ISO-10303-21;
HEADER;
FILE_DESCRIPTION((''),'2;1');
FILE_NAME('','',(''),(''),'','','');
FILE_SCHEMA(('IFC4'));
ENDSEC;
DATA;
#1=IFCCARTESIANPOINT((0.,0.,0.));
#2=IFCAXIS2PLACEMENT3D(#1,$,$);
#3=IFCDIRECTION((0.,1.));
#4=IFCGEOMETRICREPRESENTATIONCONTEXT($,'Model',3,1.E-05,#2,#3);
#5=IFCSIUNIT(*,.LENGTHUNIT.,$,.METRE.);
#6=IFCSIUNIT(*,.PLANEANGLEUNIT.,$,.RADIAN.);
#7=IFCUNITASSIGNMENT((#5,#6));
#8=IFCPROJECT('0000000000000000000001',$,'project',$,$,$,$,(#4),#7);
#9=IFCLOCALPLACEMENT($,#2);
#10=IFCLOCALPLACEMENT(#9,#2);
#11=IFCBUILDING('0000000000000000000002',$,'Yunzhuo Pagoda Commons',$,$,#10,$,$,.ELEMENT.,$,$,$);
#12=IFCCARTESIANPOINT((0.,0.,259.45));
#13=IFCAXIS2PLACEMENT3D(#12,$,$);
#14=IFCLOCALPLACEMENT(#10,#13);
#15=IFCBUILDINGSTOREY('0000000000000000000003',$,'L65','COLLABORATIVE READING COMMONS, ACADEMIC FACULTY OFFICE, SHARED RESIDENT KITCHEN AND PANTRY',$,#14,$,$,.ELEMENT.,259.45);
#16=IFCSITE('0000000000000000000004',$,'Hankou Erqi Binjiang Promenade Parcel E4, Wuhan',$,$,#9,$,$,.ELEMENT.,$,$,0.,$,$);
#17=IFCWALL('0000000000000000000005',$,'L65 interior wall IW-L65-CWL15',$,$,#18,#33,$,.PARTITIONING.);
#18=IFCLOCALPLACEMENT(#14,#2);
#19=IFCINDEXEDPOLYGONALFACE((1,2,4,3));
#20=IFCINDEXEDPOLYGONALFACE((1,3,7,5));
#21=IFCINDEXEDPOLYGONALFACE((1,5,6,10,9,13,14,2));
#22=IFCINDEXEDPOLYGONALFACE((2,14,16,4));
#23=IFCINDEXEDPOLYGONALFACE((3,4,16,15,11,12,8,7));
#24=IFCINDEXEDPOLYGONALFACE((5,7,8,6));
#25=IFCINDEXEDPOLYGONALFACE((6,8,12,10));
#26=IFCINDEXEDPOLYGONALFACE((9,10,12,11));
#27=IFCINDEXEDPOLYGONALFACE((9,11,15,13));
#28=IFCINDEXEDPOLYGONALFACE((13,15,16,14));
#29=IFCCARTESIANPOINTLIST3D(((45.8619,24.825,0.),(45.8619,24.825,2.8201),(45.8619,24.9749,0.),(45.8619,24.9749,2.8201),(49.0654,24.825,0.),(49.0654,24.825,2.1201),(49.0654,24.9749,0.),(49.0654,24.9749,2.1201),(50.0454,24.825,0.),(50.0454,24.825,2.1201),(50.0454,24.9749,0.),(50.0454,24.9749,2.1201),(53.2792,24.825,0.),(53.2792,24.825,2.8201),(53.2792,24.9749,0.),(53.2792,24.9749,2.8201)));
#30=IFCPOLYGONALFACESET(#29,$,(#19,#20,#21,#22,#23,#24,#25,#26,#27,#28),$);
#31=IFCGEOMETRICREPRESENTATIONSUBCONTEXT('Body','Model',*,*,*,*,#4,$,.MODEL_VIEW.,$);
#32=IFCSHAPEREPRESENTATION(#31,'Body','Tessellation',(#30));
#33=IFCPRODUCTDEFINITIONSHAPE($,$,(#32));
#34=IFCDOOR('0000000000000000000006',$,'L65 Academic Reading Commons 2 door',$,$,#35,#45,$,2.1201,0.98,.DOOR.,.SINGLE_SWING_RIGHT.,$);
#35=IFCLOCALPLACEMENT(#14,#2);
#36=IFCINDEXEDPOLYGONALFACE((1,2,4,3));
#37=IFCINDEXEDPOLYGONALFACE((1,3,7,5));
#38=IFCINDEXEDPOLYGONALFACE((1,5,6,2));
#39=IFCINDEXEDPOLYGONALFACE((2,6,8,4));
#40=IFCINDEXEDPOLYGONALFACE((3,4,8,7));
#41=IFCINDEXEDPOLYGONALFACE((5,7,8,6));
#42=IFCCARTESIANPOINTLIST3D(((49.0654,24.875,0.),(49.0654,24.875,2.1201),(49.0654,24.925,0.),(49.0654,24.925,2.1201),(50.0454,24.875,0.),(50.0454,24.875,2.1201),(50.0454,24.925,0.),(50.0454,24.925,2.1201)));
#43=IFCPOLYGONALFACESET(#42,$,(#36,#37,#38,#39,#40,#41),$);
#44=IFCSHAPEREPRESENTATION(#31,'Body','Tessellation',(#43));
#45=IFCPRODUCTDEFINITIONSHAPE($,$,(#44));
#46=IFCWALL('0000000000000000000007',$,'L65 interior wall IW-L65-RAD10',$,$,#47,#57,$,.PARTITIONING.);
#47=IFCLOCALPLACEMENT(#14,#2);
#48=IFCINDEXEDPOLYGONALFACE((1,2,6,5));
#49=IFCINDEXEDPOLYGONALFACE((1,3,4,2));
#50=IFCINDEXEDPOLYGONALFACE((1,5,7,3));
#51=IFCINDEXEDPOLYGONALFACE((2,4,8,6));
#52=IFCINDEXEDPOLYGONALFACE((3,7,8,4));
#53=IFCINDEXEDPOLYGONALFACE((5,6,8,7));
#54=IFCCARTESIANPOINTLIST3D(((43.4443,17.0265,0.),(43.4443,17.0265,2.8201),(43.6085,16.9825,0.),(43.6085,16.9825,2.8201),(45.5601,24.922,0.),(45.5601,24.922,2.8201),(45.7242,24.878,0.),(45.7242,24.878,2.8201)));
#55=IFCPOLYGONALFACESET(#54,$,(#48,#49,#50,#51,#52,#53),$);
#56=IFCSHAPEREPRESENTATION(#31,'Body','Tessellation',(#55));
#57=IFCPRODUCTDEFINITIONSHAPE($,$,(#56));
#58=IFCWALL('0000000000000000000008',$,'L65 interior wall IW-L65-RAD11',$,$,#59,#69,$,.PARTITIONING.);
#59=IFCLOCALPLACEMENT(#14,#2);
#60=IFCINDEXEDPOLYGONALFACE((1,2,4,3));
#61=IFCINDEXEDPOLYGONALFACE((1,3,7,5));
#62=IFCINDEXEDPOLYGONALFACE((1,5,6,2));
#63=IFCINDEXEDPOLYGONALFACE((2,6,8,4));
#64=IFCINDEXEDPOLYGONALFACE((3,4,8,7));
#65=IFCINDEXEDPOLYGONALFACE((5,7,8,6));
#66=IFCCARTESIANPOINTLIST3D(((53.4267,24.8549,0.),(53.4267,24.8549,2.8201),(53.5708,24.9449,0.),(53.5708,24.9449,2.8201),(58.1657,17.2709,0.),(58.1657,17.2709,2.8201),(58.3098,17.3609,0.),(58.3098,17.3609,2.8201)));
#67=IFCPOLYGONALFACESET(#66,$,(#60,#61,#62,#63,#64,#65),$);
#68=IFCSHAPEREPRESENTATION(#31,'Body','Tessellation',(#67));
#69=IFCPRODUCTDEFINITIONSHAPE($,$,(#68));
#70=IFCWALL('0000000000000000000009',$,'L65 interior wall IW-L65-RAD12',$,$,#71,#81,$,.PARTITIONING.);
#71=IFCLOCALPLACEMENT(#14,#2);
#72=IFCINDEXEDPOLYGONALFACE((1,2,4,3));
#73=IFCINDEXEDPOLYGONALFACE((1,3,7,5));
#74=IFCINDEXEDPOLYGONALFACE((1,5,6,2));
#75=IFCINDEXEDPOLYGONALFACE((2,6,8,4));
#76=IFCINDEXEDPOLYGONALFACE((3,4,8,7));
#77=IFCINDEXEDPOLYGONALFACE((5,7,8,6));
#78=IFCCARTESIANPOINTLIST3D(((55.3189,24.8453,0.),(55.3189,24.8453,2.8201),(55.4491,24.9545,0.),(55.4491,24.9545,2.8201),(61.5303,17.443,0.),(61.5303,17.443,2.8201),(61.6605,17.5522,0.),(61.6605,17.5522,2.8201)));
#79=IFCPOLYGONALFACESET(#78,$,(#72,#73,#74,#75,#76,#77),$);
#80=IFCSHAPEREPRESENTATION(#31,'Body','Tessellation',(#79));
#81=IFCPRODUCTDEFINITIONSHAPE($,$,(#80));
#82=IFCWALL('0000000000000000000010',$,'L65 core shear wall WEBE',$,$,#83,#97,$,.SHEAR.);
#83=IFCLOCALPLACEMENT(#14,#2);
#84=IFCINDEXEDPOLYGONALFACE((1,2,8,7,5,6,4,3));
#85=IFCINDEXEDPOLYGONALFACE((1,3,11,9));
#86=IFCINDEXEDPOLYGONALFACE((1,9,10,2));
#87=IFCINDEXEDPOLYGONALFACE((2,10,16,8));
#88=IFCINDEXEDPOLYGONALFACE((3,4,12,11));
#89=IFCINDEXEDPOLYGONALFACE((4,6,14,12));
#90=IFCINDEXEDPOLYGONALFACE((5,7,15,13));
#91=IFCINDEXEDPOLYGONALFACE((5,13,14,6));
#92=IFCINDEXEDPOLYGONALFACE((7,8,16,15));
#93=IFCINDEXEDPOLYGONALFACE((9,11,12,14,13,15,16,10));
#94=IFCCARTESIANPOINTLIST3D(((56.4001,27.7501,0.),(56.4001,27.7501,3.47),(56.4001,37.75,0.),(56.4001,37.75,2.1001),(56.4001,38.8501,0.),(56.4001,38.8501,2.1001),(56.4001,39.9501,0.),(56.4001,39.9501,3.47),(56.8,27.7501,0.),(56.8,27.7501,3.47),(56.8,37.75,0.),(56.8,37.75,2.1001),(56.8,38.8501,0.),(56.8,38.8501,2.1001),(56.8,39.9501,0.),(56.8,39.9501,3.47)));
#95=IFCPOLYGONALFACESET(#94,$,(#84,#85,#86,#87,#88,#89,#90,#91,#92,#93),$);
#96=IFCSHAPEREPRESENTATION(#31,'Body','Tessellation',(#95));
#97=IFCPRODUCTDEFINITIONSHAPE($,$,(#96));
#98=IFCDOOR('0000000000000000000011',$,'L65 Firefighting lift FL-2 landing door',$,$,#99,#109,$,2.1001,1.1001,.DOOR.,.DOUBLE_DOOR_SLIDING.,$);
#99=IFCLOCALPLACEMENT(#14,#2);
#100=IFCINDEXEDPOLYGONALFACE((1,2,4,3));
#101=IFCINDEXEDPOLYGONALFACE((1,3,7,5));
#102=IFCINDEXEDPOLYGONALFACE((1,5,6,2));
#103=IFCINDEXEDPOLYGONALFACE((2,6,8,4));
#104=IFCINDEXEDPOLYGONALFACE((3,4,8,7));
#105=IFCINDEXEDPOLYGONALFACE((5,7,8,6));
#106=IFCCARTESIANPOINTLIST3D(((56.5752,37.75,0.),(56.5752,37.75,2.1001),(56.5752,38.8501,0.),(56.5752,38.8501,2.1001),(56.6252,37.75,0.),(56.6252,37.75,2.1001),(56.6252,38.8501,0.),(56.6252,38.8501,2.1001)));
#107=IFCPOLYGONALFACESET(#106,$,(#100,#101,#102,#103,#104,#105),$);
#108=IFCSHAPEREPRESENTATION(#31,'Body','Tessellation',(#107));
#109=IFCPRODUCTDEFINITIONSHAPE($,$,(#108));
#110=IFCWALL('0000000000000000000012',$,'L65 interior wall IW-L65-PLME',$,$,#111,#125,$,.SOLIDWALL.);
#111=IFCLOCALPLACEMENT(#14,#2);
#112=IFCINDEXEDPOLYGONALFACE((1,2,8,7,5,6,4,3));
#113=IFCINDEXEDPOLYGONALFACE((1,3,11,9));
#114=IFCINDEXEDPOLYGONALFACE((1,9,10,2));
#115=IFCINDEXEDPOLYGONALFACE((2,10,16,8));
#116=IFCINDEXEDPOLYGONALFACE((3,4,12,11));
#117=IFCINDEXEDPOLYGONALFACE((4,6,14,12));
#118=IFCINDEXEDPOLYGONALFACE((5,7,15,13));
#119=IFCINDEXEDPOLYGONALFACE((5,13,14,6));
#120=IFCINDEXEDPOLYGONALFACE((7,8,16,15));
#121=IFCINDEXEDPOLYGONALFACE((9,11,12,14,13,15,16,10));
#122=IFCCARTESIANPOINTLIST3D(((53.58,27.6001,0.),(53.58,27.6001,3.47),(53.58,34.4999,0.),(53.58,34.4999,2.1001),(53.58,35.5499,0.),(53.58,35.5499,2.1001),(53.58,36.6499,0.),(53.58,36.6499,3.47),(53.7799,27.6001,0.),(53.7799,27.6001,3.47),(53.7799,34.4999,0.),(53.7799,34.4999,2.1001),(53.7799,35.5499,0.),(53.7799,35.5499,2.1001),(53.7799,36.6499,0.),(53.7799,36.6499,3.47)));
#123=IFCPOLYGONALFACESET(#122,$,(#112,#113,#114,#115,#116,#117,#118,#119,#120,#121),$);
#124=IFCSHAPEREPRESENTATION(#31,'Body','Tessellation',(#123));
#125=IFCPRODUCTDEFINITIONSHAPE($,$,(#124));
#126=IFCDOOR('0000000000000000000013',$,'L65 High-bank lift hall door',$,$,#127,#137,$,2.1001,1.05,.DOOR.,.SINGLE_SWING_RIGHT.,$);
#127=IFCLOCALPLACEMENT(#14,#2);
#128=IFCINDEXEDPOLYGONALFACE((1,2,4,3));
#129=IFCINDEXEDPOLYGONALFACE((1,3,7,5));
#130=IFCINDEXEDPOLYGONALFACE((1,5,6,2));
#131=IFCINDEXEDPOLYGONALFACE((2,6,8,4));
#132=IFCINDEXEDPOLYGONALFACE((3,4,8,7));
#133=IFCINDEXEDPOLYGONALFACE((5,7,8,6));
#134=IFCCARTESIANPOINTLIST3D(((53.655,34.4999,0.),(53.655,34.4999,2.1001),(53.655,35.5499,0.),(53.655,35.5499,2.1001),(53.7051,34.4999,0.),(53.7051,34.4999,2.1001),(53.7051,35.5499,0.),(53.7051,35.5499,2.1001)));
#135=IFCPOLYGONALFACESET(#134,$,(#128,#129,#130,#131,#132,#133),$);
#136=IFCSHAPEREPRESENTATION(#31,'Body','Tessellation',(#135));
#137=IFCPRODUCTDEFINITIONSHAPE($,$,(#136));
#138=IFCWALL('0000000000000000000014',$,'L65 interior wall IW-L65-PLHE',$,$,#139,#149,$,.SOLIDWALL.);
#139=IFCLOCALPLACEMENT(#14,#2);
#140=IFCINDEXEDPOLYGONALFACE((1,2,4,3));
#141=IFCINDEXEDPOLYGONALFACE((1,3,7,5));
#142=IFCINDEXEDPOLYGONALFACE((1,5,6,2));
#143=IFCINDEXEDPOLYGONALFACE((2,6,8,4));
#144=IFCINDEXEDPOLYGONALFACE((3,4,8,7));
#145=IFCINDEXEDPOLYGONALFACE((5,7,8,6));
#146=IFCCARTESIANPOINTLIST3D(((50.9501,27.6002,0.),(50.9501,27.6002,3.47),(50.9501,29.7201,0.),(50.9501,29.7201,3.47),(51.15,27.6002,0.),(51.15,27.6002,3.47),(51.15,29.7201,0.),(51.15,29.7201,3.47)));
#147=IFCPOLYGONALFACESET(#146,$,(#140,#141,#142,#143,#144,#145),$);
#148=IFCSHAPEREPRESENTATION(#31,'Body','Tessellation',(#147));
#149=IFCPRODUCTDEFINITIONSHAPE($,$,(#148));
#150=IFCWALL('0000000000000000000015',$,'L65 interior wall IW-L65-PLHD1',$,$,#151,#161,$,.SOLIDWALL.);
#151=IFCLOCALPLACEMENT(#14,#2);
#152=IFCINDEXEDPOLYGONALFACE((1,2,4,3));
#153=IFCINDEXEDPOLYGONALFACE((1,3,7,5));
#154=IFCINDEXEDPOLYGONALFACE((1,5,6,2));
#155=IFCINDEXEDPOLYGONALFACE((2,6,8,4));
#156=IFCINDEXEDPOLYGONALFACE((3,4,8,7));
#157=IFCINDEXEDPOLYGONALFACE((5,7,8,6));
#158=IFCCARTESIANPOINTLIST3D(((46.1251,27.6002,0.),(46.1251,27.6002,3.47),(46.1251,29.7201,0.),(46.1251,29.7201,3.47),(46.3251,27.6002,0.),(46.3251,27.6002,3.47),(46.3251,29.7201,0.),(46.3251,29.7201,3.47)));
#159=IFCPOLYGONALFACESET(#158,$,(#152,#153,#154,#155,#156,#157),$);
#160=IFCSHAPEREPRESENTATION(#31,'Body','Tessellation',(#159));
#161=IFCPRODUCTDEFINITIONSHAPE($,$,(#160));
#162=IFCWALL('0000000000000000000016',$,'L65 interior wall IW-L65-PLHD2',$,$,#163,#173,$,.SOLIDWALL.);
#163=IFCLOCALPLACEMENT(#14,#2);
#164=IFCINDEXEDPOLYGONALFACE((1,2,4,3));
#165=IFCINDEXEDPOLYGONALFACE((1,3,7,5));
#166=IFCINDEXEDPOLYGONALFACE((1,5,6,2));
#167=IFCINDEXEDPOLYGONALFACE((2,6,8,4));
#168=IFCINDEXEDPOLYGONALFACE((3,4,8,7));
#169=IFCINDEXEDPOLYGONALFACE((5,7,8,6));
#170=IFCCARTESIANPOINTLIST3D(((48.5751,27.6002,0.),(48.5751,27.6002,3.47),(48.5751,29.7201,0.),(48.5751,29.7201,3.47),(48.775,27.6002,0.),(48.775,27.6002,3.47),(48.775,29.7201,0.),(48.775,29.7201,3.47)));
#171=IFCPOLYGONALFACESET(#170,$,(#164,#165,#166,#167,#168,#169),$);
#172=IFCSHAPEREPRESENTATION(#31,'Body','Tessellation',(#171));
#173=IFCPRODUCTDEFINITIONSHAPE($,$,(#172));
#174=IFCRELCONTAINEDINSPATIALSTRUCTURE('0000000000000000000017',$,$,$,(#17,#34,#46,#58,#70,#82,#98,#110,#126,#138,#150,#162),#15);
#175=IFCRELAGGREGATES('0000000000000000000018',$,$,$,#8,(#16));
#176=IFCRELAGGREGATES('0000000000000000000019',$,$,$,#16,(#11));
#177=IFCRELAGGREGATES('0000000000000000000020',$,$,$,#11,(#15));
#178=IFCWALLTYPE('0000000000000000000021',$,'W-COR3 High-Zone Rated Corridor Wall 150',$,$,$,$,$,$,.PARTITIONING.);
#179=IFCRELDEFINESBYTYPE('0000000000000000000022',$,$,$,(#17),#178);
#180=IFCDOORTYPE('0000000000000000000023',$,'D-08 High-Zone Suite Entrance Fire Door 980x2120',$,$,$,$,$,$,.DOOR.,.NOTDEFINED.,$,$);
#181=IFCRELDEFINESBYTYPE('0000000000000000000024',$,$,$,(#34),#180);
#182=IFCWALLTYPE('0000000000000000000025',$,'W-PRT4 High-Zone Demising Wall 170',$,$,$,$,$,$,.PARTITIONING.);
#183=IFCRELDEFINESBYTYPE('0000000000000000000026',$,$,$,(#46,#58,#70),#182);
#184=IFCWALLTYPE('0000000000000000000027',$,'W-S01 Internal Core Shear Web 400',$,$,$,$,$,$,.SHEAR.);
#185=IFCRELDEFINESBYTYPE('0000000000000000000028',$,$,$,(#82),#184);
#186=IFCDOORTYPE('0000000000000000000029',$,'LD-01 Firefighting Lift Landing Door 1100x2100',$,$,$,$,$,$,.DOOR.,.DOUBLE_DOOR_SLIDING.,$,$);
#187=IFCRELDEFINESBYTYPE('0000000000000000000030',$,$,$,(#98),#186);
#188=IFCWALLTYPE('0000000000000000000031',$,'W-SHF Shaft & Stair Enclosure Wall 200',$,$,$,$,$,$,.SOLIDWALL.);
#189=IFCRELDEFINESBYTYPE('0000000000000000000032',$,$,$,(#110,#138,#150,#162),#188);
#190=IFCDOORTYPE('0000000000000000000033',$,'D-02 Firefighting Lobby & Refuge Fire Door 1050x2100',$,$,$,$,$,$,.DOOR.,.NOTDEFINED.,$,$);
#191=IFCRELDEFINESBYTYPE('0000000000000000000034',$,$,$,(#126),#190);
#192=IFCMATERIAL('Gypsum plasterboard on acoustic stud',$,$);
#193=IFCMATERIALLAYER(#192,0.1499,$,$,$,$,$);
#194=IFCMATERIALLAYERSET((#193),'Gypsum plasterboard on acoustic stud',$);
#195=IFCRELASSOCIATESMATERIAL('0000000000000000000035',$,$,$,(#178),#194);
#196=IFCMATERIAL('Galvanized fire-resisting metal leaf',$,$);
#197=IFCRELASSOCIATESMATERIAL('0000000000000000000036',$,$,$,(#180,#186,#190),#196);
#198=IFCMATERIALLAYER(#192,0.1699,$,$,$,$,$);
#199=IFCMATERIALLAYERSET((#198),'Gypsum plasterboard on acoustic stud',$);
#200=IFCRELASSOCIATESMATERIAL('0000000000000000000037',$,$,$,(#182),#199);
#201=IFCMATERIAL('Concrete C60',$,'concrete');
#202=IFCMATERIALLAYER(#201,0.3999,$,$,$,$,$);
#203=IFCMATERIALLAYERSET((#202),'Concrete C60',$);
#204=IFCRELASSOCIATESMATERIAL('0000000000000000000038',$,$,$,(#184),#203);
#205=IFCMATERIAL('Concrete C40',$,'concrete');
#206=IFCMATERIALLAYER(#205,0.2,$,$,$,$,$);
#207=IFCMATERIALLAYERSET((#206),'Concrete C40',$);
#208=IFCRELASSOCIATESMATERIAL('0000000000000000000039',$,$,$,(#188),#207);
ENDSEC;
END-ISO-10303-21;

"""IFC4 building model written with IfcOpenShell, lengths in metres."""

from ifc_helpers import new_model, si_unit, direction, frame, frame_2d, origin, origin_with_axes, place, context, subcontext, project, spatial, rectangle, extrude, source, transform, mapped, material, layer, layer_set, type_object, element, fill, save


model = new_model("IFC4")

# Units and contexts
model_context = context("Model", 3, precision=1e-05, world=origin(), true_north=direction((0.0, 1.0)))
body_context = subcontext(model_context, "Body", "Model", "MODEL_VIEW")
ifc_project = project(units=[si_unit("LENGTHUNIT", "METRE"), si_unit("PLANEANGLEUNIT", "RADIAN")], contexts=[model_context])

# Site, building, storey
site_placement = place(None, origin())
site = spatial("IfcSite", under=ifc_project, at=site_placement, Name="Hankou Erqi Binjiang Promenade Parcel E4, Wuhan", CompositionType="ELEMENT", RefElevation=0.0)
building_placement = place(site_placement, origin())
building = spatial("IfcBuilding", under=site, at=building_placement, Name="Yunzhuo Pagoda Commons", CompositionType="ELEMENT")
storey_placement = place(building_placement, frame((0.0, 0.0, 259.45)))
storey = spatial("IfcBuildingStorey", under=building, at=storey_placement, Name="L65", Description="COLLABORATIVE READING COMMONS, ACADEMIC FACULTY OFFICE, SHARED RESIDENT KITCHEN AND PANTRY", CompositionType="ELEMENT", Elevation=259.45)

# Shared definitions
ifc_material_1 = material(Name="Gypsum plasterboard on acoustic stud")
ifc_layer_1 = layer(ifc_material_1, 0.1499)
ifc_layer_set_1 = layer_set([ifc_layer_1], Name="Gypsum plasterboard on acoustic stud")
wall_type_1 = type_object("IfcWallType", Name="W-COR3 High-Zone Rated Corridor Wall 150", PredefinedType="PARTITIONING", material=ifc_layer_set_1)
ifc_material_2 = material(Name="Galvanized fire-resisting metal leaf")

# Wall, opening, door
wall_1_placement = place(storey_placement, frame((53.2791, 24.8999, 0.0), z_axis=(0.0, 0.0, 1.0), x_axis=(-1.0, 0.0, 0.0)))
wall_1 = element("IfcWall", 1, at=wall_1_placement, inside=storey, type_object=wall_type_1, Name="L65 interior wall IW-L65-CWL15", PredefinedType="PARTITIONING", context=body_context, shape_type="SweptSolid", body=[
    extrude(rectangle(XDim=7.4172, YDim=0.1499, at=frame_2d((3.7085, 0.0))), origin(), (0.0, 0.0, 1.0), 2.8201),
])
opening_1_placement = place(wall_1_placement, frame((3.2336, 0.0, 0.0)))
opening_1 = element("IfcOpeningElement", 2, at=opening_1_placement, cuts=wall_1, PredefinedType="OPENING", context=body_context, shape_type="SweptSolid", body=[
    extrude(rectangle(XDim=0.98, YDim=2.1201, at=frame_2d((0.49, 1.0601))), frame((0.0, 0.085, 0.0), z_axis=(0.0, -1.0, 0.0), x_axis=(1.0, 0.0, 0.0)), (0.0, 0.0, 1.0), 0.1699),
])
door_type_1 = type_object("IfcDoorType", Name="D-08 High-Zone Suite Entrance Fire Door 980x2120", OperationType="NOTDEFINED", PredefinedType="DOOR", material=ifc_material_2)
shared_shape_1 = source(origin(), body_context, "Body", "SweptSolid", [
    extrude(rectangle(XDim=0.98, YDim=2.1201, at=frame_2d((0.49, 1.0601))), frame((0.0, 0.0249, 0.0), z_axis=(0.0, -1.0, 0.0), x_axis=(1.0, 0.0, 0.0)), (0.0, 0.0, 1.0), 0.05),
])
door_1_placement = place(opening_1_placement, origin_with_axes())
door_1 = element("IfcDoor", 3, at=door_1_placement, inside=storey, type_object=door_type_1, Name="L65 Academic Reading Commons 2 door", OperationType="SINGLE_SWING_RIGHT", OverallHeight=2.1201, OverallWidth=0.98, PredefinedType="DOOR", context=body_context, shape_type="MappedRepresentation", body=[
    mapped(shared_shape_1, transform((0.0, 0.0, 0.0), scale=1.0)),
])
fill(opening_1, door_1)

# Walls
ifc_layer_2 = layer(ifc_material_1, 0.1699)
ifc_layer_set_2 = layer_set([ifc_layer_2], Name="Gypsum plasterboard on acoustic stud")
wall_type_2 = type_object("IfcWallType", Name="W-PRT4 High-Zone Demising Wall 170", PredefinedType="PARTITIONING", material=ifc_layer_set_2)
wall_2_placement = place(storey_placement, frame((45.6421, 24.8999, 0.0), z_axis=(0.0, 0.0, 1.0), x_axis=(-0.258834, -0.965922, 0.0)))
element("IfcWall", 4, at=wall_2_placement, inside=storey, type_object=wall_type_2, Name="L65 interior wall IW-L65-RAD10", PredefinedType="PARTITIONING", context=body_context, shape_type="SweptSolid", body=[
    extrude(rectangle(XDim=8.1741, YDim=0.1699, at=frame_2d((4.0869, 0.0))), origin(), (0.0, 0.0, 1.0), 2.8201),
])
wall_3_placement = place(storey_placement, frame((53.4988, 24.8999, 0.0), z_axis=(0.0, 0.0, 1.0), x_axis=(0.52992, -0.848047, 0.0)))
element("IfcWall", 5, at=wall_3_placement, inside=storey, type_object=wall_type_2, Name="L65 interior wall IW-L65-RAD11", PredefinedType="PARTITIONING", context=body_context, shape_type="SweptSolid", body=[
    extrude(rectangle(XDim=8.9429, YDim=0.1699, at=frame_2d((4.4714, 0.0))), origin(), (0.0, 0.0, 1.0), 2.8201),
])
wall_4_placement = place(storey_placement, frame((55.384, 24.8999, 0.0), z_axis=(0.0, 0.0, 1.0), x_axis=(0.642795, -0.766038, 0.0)))
element("IfcWall", 6, at=wall_4_placement, inside=storey, type_object=wall_type_2, Name="L65 interior wall IW-L65-RAD12", PredefinedType="PARTITIONING", context=body_context, shape_type="SweptSolid", body=[
    extrude(rectangle(XDim=9.6631, YDim=0.1699, at=frame_2d((4.8315, 0.0))), origin(), (0.0, 0.0, 1.0), 2.8201),
])

# Walls, openings, doors
ifc_material_3 = material(Name="Concrete C60", Category="concrete")
ifc_layer_3 = layer(ifc_material_3, 0.3999)
ifc_layer_set_3 = layer_set([ifc_layer_3], Name="Concrete C60")
wall_type_3 = type_object("IfcWallType", Name="W-S01 Internal Core Shear Web 400", PredefinedType="SHEAR", material=ifc_layer_set_3)
wall_5_placement = place(storey_placement, frame((56.6001, 27.75, 0.0), z_axis=(0.0, 0.0, 1.0), x_axis=(0.0, 1.0, 0.0)))
wall_5 = element("IfcWall", 7, at=wall_5_placement, inside=storey, type_object=wall_type_3, Name="L65 core shear wall WEBE", PredefinedType="SHEAR", context=body_context, shape_type="SweptSolid", body=[
    extrude(rectangle(XDim=12.2, YDim=0.3999, at=frame_2d((6.1001, 0.0))), origin(), (0.0, 0.0, 1.0), 3.47),
])
opening_2_placement = place(wall_5_placement, frame((10.0, 0.0, 0.0)))
opening_2 = element("IfcOpeningElement", 8, at=opening_2_placement, cuts=wall_5, PredefinedType="OPENING", context=body_context, shape_type="SweptSolid", body=[
    extrude(rectangle(XDim=1.1001, YDim=2.1001, at=frame_2d((0.55, 1.05))), frame((0.0, 0.21, 0.0), z_axis=(0.0, -1.0, 0.0), x_axis=(1.0, 0.0, 0.0)), (0.0, 0.0, 1.0), 0.4199),
])
door_type_2 = type_object("IfcDoorType", Name="LD-01 Firefighting Lift Landing Door 1100x2100", OperationType="DOUBLE_DOOR_SLIDING", PredefinedType="DOOR", material=ifc_material_2)
shared_shape_2 = source(origin(), body_context, "Body", "SweptSolid", [
    extrude(rectangle(XDim=1.1001, YDim=2.1001, at=frame_2d((0.55, 1.05))), frame((0.0, 0.0249, 0.0), z_axis=(0.0, -1.0, 0.0), x_axis=(1.0, 0.0, 0.0)), (0.0, 0.0, 1.0), 0.05),
])
door_2_placement = place(opening_2_placement, origin_with_axes())
door_2 = element("IfcDoor", 9, at=door_2_placement, inside=storey, type_object=door_type_2, Name="L65 Firefighting lift FL-2 landing door", OperationType="DOUBLE_DOOR_SLIDING", OverallHeight=2.1001, OverallWidth=1.1001, PredefinedType="DOOR", context=body_context, shape_type="MappedRepresentation", body=[
    mapped(shared_shape_2, transform((0.0, 0.0, 0.0), scale=1.0)),
])
fill(opening_2, door_2)
ifc_material_4 = material(Name="Concrete C40", Category="concrete")
ifc_layer_4 = layer(ifc_material_4, 0.2)
ifc_layer_set_4 = layer_set([ifc_layer_4], Name="Concrete C40")
wall_type_4 = type_object("IfcWallType", Name="W-SHF Shaft & Stair Enclosure Wall 200", PredefinedType="SOLIDWALL", material=ifc_layer_set_4)
wall_6_placement = place(storey_placement, frame((53.6799, 27.6001, 0.0), z_axis=(0.0, 0.0, 1.0), x_axis=(0.0, 1.0, 0.0)))
wall_6 = element("IfcWall", 10, at=wall_6_placement, inside=storey, type_object=wall_type_4, Name="L65 interior wall IW-L65-PLME", PredefinedType="SOLIDWALL", context=body_context, shape_type="SweptSolid", body=[
    extrude(rectangle(XDim=9.0498, YDim=0.2, at=frame_2d((4.5249, 0.0))), origin(), (0.0, 0.0, 1.0), 3.47),
])
opening_3_placement = place(wall_6_placement, frame((6.8999, 0.0, 0.0)))
opening_3 = element("IfcOpeningElement", 11, at=opening_3_placement, cuts=wall_6, PredefinedType="OPENING", context=body_context, shape_type="SweptSolid", body=[
    extrude(rectangle(XDim=1.05, YDim=2.1001, at=frame_2d((0.5249, 1.05))), frame((0.0, 0.1099, 0.0), z_axis=(0.0, -1.0, 0.0), x_axis=(1.0, 0.0, 0.0)), (0.0, 0.0, 1.0), 0.22),
])
door_type_3 = type_object("IfcDoorType", Name="D-02 Firefighting Lobby & Refuge Fire Door 1050x2100", OperationType="NOTDEFINED", PredefinedType="DOOR", material=ifc_material_2)
shared_shape_3 = source(origin(), body_context, "Body", "SweptSolid", [
    extrude(rectangle(XDim=1.05, YDim=2.1001, at=frame_2d((0.5249, 1.05))), frame((0.0, 0.0249, 0.0), z_axis=(0.0, -1.0, 0.0), x_axis=(1.0, 0.0, 0.0)), (0.0, 0.0, 1.0), 0.05),
])
door_3_placement = place(opening_3_placement, origin_with_axes())
door_3 = element("IfcDoor", 12, at=door_3_placement, inside=storey, type_object=door_type_3, Name="L65 High-bank lift hall door", OperationType="SINGLE_SWING_RIGHT", OverallHeight=2.1001, OverallWidth=1.05, PredefinedType="DOOR", context=body_context, shape_type="MappedRepresentation", body=[
    mapped(shared_shape_3, transform((0.0, 0.0, 0.0), scale=1.0)),
])
fill(opening_3, door_3)

# Walls
for number, where, z_axis, x_axis, name in (
    (13, (51.05, 27.6001, 0.0), (0.0, 0.0, 1.0), (0.0, 1.0, 0.0), "L65 interior wall IW-L65-PLHE"),
    (14, (46.2251, 27.6001, 0.0), (0.0, 0.0, 1.0), (0.0, 1.0, 0.0), "L65 interior wall IW-L65-PLHD1"),
    (15, (48.675, 27.6001, 0.0), (0.0, 0.0, 1.0), (0.0, 1.0, 0.0), "L65 interior wall IW-L65-PLHD2"),
):
    element("IfcWall", number, at=place(storey_placement, frame(where, z_axis=z_axis, x_axis=x_axis)), inside=storey, type_object=wall_type_4, Name=name, PredefinedType="SOLIDWALL", context=body_context, shape_type="SweptSolid", body=[
        extrude(rectangle(XDim=2.1199, YDim=0.2, at=frame_2d((1.0601, 0.0))), origin(), (0.0, 0.0, 1.0), 3.47),
    ])

save(model, "model.ifc")
